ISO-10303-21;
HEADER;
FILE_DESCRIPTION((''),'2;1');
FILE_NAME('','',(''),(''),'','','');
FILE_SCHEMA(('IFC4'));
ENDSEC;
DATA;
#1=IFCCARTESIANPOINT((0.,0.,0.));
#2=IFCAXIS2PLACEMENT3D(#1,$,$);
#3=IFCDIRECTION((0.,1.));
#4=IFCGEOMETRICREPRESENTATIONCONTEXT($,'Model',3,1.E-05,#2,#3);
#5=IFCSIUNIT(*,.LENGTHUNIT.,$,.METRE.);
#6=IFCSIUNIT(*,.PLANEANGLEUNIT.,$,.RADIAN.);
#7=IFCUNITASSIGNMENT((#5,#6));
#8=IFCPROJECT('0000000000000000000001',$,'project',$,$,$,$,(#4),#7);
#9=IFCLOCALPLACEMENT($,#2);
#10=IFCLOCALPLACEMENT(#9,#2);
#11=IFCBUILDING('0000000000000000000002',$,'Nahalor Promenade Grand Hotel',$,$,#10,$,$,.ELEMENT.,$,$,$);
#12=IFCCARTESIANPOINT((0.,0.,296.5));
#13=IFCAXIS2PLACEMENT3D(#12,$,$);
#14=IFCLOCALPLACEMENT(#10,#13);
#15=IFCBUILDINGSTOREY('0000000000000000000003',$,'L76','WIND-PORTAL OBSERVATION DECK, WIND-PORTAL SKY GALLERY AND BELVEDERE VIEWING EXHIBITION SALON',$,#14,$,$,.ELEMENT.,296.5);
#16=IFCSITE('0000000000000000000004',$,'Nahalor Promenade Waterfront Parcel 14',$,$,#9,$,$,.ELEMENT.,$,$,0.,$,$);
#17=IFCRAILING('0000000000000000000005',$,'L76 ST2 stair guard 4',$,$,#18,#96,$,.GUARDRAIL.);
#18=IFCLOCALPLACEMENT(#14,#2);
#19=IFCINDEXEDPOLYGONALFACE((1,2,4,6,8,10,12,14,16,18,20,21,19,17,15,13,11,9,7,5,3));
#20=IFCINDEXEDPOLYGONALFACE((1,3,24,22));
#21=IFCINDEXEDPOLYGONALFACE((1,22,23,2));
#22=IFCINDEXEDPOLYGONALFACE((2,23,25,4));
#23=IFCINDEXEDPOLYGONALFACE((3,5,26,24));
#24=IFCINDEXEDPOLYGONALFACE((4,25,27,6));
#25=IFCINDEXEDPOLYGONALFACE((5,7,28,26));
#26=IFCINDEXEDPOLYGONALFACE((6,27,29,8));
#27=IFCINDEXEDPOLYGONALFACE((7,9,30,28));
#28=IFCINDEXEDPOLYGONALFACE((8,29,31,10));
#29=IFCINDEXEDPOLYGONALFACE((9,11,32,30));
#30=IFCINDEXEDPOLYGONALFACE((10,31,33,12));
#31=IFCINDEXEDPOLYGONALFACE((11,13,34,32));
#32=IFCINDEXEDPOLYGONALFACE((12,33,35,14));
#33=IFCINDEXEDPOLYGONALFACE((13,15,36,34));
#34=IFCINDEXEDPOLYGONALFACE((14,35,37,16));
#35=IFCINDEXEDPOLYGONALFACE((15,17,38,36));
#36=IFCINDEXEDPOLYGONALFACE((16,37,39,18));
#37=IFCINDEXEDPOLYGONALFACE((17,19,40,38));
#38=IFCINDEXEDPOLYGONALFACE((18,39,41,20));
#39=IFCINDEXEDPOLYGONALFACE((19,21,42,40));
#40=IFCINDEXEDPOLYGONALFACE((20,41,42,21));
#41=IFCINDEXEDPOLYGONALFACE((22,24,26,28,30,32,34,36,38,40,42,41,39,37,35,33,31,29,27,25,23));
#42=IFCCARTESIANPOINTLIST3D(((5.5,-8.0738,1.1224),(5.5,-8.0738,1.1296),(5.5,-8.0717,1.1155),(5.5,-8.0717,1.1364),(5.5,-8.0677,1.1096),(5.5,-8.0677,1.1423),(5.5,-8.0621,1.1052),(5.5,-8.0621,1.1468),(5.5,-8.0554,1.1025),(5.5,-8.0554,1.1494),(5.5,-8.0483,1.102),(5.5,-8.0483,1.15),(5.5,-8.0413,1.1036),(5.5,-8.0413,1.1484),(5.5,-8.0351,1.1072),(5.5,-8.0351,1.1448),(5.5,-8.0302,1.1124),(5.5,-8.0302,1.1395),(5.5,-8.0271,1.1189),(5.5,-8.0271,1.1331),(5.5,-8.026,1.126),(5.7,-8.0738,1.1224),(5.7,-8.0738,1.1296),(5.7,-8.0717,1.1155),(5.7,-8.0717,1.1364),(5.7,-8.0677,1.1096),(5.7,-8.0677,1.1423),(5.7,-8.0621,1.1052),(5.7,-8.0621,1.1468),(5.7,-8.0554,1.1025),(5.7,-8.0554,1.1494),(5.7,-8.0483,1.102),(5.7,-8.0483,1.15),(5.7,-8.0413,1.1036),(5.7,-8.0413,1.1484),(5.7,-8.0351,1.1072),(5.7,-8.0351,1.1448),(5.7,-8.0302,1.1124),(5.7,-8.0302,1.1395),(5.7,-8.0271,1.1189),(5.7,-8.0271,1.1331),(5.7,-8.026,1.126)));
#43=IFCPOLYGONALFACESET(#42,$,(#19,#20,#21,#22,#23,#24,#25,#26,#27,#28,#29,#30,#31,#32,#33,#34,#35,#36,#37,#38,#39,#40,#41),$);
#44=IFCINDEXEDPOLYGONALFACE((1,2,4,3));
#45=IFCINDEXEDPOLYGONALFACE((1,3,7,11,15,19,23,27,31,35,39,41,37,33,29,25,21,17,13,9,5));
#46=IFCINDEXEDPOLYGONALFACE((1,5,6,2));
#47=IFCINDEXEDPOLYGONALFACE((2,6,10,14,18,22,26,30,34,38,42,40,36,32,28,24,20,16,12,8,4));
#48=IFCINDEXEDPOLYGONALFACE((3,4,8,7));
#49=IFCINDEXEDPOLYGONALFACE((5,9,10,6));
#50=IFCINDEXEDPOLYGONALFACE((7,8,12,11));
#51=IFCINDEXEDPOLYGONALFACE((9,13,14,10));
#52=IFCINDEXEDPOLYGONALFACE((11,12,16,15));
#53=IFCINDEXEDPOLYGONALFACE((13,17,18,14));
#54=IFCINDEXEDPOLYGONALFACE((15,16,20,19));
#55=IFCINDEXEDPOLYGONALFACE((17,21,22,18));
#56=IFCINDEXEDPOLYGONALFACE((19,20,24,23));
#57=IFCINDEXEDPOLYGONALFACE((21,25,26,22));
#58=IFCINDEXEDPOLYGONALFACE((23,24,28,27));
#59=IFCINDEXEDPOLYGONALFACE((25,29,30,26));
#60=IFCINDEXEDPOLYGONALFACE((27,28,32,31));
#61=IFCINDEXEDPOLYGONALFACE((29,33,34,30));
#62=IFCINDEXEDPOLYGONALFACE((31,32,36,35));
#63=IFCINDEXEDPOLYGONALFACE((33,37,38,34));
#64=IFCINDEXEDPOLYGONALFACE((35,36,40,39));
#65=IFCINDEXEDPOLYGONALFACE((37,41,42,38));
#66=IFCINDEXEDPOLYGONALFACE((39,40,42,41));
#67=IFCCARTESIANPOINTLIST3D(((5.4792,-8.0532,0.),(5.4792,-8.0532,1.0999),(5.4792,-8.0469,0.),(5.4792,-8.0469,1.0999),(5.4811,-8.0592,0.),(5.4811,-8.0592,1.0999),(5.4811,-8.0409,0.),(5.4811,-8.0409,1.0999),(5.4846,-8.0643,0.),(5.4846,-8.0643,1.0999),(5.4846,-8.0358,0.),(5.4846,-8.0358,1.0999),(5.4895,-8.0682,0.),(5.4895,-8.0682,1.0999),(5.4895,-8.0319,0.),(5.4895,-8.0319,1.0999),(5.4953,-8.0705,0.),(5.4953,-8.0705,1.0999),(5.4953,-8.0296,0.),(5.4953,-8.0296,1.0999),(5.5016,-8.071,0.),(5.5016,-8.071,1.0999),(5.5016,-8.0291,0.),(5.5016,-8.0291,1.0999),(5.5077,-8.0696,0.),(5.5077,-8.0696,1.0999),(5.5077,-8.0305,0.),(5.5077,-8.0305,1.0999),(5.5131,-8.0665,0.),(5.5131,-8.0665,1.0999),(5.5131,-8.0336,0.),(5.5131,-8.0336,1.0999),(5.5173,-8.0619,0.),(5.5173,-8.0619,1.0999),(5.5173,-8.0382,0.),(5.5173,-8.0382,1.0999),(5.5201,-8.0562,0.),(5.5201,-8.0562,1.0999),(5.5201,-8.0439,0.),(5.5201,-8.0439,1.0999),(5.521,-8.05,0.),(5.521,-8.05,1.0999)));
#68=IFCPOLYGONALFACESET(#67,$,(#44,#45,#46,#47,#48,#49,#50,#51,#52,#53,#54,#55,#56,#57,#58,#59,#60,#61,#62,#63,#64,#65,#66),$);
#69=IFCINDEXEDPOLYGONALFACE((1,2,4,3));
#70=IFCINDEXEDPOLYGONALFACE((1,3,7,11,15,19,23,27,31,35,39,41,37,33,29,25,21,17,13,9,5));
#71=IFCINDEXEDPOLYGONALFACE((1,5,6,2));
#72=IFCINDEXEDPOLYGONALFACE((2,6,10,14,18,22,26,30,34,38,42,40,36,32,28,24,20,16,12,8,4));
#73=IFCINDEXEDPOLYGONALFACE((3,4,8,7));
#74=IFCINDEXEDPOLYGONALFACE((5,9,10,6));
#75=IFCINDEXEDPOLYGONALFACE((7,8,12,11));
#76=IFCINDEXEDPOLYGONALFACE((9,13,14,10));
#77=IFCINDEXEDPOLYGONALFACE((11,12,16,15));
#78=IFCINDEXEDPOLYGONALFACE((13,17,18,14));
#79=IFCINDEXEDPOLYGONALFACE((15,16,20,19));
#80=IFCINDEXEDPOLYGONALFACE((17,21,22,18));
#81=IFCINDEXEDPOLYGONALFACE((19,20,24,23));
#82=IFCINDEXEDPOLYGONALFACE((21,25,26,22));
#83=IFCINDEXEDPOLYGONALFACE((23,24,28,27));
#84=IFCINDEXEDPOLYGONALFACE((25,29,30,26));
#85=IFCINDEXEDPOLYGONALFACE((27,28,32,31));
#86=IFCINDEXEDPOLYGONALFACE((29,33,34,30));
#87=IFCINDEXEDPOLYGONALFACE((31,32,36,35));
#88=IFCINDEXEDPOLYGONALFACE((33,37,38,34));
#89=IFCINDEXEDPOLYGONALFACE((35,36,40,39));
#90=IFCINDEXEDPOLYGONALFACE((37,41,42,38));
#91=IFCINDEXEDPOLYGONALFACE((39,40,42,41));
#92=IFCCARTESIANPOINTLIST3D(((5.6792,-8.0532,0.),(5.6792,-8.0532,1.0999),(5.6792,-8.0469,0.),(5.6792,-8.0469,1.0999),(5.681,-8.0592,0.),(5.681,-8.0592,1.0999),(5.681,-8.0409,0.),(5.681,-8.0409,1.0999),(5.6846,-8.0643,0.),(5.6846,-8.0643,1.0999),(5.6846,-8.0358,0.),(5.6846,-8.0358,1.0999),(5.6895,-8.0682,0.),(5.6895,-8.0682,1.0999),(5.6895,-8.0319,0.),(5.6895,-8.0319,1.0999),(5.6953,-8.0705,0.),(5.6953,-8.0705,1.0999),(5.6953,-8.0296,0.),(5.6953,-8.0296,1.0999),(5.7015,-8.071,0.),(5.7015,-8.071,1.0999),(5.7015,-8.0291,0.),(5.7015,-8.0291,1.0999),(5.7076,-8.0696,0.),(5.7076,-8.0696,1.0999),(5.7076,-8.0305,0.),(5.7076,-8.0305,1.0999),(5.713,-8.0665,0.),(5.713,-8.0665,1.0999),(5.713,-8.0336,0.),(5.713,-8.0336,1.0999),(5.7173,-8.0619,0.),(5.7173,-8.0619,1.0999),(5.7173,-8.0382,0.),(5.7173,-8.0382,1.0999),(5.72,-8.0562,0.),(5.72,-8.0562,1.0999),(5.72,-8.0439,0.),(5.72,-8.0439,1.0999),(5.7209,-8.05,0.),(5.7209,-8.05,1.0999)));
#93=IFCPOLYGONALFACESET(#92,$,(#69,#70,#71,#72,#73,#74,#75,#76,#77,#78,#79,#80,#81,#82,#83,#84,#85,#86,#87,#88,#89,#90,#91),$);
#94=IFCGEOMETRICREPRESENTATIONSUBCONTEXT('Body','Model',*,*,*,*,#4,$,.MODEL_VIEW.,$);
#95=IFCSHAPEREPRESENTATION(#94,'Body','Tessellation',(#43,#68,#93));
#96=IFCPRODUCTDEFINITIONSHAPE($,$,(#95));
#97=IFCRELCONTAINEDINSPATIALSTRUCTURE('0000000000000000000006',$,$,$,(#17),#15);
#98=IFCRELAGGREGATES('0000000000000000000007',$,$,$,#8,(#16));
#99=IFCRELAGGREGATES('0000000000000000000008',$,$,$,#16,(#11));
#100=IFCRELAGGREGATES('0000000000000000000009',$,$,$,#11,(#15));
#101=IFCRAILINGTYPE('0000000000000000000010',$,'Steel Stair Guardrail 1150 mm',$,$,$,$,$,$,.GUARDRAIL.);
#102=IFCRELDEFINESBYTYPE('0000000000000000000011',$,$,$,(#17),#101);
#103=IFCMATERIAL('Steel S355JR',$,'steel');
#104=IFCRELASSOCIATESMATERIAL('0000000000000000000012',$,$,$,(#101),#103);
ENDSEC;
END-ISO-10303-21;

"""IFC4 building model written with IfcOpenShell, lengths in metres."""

from ifc_helpers import new_model, si_unit, direction, frame, origin, origin_2d, place, context, subcontext, project, spatial, circle, extrude, material, type_object, element, save


model = new_model("IFC4")

# Units and contexts
model_context = context("Model", 3, precision=1e-05, world=origin(), true_north=direction((0.0, 1.0)))
body_context = subcontext(model_context, "Body", "Model", "MODEL_VIEW")
ifc_project = project(units=[si_unit("LENGTHUNIT", "METRE"), si_unit("PLANEANGLEUNIT", "RADIAN")], contexts=[model_context])

# Site, building, storey
site_placement = place(None, origin())
site = spatial("IfcSite", under=ifc_project, at=site_placement, Name="Nahalor Promenade Waterfront Parcel 14", CompositionType="ELEMENT", RefElevation=0.0)
building_placement = place(site_placement, origin())
building = spatial("IfcBuilding", under=site, at=building_placement, Name="Nahalor Promenade Grand Hotel", CompositionType="ELEMENT")
storey_placement = place(building_placement, frame((0.0, 0.0, 296.5)))
storey = spatial("IfcBuildingStorey", under=building, at=storey_placement, Name="L76", Description="WIND-PORTAL OBSERVATION DECK, WIND-PORTAL SKY GALLERY AND BELVEDERE VIEWING EXHIBITION SALON", CompositionType="ELEMENT", Elevation=296.5)

# Shared definitions
ifc_material_1 = material(Name="Steel S355JR", Category="steel")

# Railing
railing_type_1 = type_object("IfcRailingType", Name="Steel Stair Guardrail 1150 mm", PredefinedType="GUARDRAIL", material=ifc_material_1)
railing_1_placement = place(storey_placement, frame((5.5, -8.05, 0.0)))
element("IfcRailing", 1, at=railing_1_placement, inside=storey, type_object=railing_type_1, Name="L76 ST2 stair guard 4", PredefinedType="GUARDRAIL", context=body_context, shape_type="SweptSolid", body=[
    extrude(circle(Radius=0.024, at=origin_2d()), frame((0.0, 0.0, 1.126), z_axis=(1.0, 0.0, 0.0), x_axis=(0.0, 1.0, 0.0)), (0.0, 0.0, 1.0), 0.2),
    extrude(circle(Radius=0.021, at=origin_2d()), origin(), (0.0, 0.0, 1.0), 1.0999),
    extrude(circle(Radius=0.021, at=origin_2d()), frame((0.2, 0.0, 0.0)), (0.0, 0.0, 1.0), 1.0999),
])

save(model, "model.ifc")
